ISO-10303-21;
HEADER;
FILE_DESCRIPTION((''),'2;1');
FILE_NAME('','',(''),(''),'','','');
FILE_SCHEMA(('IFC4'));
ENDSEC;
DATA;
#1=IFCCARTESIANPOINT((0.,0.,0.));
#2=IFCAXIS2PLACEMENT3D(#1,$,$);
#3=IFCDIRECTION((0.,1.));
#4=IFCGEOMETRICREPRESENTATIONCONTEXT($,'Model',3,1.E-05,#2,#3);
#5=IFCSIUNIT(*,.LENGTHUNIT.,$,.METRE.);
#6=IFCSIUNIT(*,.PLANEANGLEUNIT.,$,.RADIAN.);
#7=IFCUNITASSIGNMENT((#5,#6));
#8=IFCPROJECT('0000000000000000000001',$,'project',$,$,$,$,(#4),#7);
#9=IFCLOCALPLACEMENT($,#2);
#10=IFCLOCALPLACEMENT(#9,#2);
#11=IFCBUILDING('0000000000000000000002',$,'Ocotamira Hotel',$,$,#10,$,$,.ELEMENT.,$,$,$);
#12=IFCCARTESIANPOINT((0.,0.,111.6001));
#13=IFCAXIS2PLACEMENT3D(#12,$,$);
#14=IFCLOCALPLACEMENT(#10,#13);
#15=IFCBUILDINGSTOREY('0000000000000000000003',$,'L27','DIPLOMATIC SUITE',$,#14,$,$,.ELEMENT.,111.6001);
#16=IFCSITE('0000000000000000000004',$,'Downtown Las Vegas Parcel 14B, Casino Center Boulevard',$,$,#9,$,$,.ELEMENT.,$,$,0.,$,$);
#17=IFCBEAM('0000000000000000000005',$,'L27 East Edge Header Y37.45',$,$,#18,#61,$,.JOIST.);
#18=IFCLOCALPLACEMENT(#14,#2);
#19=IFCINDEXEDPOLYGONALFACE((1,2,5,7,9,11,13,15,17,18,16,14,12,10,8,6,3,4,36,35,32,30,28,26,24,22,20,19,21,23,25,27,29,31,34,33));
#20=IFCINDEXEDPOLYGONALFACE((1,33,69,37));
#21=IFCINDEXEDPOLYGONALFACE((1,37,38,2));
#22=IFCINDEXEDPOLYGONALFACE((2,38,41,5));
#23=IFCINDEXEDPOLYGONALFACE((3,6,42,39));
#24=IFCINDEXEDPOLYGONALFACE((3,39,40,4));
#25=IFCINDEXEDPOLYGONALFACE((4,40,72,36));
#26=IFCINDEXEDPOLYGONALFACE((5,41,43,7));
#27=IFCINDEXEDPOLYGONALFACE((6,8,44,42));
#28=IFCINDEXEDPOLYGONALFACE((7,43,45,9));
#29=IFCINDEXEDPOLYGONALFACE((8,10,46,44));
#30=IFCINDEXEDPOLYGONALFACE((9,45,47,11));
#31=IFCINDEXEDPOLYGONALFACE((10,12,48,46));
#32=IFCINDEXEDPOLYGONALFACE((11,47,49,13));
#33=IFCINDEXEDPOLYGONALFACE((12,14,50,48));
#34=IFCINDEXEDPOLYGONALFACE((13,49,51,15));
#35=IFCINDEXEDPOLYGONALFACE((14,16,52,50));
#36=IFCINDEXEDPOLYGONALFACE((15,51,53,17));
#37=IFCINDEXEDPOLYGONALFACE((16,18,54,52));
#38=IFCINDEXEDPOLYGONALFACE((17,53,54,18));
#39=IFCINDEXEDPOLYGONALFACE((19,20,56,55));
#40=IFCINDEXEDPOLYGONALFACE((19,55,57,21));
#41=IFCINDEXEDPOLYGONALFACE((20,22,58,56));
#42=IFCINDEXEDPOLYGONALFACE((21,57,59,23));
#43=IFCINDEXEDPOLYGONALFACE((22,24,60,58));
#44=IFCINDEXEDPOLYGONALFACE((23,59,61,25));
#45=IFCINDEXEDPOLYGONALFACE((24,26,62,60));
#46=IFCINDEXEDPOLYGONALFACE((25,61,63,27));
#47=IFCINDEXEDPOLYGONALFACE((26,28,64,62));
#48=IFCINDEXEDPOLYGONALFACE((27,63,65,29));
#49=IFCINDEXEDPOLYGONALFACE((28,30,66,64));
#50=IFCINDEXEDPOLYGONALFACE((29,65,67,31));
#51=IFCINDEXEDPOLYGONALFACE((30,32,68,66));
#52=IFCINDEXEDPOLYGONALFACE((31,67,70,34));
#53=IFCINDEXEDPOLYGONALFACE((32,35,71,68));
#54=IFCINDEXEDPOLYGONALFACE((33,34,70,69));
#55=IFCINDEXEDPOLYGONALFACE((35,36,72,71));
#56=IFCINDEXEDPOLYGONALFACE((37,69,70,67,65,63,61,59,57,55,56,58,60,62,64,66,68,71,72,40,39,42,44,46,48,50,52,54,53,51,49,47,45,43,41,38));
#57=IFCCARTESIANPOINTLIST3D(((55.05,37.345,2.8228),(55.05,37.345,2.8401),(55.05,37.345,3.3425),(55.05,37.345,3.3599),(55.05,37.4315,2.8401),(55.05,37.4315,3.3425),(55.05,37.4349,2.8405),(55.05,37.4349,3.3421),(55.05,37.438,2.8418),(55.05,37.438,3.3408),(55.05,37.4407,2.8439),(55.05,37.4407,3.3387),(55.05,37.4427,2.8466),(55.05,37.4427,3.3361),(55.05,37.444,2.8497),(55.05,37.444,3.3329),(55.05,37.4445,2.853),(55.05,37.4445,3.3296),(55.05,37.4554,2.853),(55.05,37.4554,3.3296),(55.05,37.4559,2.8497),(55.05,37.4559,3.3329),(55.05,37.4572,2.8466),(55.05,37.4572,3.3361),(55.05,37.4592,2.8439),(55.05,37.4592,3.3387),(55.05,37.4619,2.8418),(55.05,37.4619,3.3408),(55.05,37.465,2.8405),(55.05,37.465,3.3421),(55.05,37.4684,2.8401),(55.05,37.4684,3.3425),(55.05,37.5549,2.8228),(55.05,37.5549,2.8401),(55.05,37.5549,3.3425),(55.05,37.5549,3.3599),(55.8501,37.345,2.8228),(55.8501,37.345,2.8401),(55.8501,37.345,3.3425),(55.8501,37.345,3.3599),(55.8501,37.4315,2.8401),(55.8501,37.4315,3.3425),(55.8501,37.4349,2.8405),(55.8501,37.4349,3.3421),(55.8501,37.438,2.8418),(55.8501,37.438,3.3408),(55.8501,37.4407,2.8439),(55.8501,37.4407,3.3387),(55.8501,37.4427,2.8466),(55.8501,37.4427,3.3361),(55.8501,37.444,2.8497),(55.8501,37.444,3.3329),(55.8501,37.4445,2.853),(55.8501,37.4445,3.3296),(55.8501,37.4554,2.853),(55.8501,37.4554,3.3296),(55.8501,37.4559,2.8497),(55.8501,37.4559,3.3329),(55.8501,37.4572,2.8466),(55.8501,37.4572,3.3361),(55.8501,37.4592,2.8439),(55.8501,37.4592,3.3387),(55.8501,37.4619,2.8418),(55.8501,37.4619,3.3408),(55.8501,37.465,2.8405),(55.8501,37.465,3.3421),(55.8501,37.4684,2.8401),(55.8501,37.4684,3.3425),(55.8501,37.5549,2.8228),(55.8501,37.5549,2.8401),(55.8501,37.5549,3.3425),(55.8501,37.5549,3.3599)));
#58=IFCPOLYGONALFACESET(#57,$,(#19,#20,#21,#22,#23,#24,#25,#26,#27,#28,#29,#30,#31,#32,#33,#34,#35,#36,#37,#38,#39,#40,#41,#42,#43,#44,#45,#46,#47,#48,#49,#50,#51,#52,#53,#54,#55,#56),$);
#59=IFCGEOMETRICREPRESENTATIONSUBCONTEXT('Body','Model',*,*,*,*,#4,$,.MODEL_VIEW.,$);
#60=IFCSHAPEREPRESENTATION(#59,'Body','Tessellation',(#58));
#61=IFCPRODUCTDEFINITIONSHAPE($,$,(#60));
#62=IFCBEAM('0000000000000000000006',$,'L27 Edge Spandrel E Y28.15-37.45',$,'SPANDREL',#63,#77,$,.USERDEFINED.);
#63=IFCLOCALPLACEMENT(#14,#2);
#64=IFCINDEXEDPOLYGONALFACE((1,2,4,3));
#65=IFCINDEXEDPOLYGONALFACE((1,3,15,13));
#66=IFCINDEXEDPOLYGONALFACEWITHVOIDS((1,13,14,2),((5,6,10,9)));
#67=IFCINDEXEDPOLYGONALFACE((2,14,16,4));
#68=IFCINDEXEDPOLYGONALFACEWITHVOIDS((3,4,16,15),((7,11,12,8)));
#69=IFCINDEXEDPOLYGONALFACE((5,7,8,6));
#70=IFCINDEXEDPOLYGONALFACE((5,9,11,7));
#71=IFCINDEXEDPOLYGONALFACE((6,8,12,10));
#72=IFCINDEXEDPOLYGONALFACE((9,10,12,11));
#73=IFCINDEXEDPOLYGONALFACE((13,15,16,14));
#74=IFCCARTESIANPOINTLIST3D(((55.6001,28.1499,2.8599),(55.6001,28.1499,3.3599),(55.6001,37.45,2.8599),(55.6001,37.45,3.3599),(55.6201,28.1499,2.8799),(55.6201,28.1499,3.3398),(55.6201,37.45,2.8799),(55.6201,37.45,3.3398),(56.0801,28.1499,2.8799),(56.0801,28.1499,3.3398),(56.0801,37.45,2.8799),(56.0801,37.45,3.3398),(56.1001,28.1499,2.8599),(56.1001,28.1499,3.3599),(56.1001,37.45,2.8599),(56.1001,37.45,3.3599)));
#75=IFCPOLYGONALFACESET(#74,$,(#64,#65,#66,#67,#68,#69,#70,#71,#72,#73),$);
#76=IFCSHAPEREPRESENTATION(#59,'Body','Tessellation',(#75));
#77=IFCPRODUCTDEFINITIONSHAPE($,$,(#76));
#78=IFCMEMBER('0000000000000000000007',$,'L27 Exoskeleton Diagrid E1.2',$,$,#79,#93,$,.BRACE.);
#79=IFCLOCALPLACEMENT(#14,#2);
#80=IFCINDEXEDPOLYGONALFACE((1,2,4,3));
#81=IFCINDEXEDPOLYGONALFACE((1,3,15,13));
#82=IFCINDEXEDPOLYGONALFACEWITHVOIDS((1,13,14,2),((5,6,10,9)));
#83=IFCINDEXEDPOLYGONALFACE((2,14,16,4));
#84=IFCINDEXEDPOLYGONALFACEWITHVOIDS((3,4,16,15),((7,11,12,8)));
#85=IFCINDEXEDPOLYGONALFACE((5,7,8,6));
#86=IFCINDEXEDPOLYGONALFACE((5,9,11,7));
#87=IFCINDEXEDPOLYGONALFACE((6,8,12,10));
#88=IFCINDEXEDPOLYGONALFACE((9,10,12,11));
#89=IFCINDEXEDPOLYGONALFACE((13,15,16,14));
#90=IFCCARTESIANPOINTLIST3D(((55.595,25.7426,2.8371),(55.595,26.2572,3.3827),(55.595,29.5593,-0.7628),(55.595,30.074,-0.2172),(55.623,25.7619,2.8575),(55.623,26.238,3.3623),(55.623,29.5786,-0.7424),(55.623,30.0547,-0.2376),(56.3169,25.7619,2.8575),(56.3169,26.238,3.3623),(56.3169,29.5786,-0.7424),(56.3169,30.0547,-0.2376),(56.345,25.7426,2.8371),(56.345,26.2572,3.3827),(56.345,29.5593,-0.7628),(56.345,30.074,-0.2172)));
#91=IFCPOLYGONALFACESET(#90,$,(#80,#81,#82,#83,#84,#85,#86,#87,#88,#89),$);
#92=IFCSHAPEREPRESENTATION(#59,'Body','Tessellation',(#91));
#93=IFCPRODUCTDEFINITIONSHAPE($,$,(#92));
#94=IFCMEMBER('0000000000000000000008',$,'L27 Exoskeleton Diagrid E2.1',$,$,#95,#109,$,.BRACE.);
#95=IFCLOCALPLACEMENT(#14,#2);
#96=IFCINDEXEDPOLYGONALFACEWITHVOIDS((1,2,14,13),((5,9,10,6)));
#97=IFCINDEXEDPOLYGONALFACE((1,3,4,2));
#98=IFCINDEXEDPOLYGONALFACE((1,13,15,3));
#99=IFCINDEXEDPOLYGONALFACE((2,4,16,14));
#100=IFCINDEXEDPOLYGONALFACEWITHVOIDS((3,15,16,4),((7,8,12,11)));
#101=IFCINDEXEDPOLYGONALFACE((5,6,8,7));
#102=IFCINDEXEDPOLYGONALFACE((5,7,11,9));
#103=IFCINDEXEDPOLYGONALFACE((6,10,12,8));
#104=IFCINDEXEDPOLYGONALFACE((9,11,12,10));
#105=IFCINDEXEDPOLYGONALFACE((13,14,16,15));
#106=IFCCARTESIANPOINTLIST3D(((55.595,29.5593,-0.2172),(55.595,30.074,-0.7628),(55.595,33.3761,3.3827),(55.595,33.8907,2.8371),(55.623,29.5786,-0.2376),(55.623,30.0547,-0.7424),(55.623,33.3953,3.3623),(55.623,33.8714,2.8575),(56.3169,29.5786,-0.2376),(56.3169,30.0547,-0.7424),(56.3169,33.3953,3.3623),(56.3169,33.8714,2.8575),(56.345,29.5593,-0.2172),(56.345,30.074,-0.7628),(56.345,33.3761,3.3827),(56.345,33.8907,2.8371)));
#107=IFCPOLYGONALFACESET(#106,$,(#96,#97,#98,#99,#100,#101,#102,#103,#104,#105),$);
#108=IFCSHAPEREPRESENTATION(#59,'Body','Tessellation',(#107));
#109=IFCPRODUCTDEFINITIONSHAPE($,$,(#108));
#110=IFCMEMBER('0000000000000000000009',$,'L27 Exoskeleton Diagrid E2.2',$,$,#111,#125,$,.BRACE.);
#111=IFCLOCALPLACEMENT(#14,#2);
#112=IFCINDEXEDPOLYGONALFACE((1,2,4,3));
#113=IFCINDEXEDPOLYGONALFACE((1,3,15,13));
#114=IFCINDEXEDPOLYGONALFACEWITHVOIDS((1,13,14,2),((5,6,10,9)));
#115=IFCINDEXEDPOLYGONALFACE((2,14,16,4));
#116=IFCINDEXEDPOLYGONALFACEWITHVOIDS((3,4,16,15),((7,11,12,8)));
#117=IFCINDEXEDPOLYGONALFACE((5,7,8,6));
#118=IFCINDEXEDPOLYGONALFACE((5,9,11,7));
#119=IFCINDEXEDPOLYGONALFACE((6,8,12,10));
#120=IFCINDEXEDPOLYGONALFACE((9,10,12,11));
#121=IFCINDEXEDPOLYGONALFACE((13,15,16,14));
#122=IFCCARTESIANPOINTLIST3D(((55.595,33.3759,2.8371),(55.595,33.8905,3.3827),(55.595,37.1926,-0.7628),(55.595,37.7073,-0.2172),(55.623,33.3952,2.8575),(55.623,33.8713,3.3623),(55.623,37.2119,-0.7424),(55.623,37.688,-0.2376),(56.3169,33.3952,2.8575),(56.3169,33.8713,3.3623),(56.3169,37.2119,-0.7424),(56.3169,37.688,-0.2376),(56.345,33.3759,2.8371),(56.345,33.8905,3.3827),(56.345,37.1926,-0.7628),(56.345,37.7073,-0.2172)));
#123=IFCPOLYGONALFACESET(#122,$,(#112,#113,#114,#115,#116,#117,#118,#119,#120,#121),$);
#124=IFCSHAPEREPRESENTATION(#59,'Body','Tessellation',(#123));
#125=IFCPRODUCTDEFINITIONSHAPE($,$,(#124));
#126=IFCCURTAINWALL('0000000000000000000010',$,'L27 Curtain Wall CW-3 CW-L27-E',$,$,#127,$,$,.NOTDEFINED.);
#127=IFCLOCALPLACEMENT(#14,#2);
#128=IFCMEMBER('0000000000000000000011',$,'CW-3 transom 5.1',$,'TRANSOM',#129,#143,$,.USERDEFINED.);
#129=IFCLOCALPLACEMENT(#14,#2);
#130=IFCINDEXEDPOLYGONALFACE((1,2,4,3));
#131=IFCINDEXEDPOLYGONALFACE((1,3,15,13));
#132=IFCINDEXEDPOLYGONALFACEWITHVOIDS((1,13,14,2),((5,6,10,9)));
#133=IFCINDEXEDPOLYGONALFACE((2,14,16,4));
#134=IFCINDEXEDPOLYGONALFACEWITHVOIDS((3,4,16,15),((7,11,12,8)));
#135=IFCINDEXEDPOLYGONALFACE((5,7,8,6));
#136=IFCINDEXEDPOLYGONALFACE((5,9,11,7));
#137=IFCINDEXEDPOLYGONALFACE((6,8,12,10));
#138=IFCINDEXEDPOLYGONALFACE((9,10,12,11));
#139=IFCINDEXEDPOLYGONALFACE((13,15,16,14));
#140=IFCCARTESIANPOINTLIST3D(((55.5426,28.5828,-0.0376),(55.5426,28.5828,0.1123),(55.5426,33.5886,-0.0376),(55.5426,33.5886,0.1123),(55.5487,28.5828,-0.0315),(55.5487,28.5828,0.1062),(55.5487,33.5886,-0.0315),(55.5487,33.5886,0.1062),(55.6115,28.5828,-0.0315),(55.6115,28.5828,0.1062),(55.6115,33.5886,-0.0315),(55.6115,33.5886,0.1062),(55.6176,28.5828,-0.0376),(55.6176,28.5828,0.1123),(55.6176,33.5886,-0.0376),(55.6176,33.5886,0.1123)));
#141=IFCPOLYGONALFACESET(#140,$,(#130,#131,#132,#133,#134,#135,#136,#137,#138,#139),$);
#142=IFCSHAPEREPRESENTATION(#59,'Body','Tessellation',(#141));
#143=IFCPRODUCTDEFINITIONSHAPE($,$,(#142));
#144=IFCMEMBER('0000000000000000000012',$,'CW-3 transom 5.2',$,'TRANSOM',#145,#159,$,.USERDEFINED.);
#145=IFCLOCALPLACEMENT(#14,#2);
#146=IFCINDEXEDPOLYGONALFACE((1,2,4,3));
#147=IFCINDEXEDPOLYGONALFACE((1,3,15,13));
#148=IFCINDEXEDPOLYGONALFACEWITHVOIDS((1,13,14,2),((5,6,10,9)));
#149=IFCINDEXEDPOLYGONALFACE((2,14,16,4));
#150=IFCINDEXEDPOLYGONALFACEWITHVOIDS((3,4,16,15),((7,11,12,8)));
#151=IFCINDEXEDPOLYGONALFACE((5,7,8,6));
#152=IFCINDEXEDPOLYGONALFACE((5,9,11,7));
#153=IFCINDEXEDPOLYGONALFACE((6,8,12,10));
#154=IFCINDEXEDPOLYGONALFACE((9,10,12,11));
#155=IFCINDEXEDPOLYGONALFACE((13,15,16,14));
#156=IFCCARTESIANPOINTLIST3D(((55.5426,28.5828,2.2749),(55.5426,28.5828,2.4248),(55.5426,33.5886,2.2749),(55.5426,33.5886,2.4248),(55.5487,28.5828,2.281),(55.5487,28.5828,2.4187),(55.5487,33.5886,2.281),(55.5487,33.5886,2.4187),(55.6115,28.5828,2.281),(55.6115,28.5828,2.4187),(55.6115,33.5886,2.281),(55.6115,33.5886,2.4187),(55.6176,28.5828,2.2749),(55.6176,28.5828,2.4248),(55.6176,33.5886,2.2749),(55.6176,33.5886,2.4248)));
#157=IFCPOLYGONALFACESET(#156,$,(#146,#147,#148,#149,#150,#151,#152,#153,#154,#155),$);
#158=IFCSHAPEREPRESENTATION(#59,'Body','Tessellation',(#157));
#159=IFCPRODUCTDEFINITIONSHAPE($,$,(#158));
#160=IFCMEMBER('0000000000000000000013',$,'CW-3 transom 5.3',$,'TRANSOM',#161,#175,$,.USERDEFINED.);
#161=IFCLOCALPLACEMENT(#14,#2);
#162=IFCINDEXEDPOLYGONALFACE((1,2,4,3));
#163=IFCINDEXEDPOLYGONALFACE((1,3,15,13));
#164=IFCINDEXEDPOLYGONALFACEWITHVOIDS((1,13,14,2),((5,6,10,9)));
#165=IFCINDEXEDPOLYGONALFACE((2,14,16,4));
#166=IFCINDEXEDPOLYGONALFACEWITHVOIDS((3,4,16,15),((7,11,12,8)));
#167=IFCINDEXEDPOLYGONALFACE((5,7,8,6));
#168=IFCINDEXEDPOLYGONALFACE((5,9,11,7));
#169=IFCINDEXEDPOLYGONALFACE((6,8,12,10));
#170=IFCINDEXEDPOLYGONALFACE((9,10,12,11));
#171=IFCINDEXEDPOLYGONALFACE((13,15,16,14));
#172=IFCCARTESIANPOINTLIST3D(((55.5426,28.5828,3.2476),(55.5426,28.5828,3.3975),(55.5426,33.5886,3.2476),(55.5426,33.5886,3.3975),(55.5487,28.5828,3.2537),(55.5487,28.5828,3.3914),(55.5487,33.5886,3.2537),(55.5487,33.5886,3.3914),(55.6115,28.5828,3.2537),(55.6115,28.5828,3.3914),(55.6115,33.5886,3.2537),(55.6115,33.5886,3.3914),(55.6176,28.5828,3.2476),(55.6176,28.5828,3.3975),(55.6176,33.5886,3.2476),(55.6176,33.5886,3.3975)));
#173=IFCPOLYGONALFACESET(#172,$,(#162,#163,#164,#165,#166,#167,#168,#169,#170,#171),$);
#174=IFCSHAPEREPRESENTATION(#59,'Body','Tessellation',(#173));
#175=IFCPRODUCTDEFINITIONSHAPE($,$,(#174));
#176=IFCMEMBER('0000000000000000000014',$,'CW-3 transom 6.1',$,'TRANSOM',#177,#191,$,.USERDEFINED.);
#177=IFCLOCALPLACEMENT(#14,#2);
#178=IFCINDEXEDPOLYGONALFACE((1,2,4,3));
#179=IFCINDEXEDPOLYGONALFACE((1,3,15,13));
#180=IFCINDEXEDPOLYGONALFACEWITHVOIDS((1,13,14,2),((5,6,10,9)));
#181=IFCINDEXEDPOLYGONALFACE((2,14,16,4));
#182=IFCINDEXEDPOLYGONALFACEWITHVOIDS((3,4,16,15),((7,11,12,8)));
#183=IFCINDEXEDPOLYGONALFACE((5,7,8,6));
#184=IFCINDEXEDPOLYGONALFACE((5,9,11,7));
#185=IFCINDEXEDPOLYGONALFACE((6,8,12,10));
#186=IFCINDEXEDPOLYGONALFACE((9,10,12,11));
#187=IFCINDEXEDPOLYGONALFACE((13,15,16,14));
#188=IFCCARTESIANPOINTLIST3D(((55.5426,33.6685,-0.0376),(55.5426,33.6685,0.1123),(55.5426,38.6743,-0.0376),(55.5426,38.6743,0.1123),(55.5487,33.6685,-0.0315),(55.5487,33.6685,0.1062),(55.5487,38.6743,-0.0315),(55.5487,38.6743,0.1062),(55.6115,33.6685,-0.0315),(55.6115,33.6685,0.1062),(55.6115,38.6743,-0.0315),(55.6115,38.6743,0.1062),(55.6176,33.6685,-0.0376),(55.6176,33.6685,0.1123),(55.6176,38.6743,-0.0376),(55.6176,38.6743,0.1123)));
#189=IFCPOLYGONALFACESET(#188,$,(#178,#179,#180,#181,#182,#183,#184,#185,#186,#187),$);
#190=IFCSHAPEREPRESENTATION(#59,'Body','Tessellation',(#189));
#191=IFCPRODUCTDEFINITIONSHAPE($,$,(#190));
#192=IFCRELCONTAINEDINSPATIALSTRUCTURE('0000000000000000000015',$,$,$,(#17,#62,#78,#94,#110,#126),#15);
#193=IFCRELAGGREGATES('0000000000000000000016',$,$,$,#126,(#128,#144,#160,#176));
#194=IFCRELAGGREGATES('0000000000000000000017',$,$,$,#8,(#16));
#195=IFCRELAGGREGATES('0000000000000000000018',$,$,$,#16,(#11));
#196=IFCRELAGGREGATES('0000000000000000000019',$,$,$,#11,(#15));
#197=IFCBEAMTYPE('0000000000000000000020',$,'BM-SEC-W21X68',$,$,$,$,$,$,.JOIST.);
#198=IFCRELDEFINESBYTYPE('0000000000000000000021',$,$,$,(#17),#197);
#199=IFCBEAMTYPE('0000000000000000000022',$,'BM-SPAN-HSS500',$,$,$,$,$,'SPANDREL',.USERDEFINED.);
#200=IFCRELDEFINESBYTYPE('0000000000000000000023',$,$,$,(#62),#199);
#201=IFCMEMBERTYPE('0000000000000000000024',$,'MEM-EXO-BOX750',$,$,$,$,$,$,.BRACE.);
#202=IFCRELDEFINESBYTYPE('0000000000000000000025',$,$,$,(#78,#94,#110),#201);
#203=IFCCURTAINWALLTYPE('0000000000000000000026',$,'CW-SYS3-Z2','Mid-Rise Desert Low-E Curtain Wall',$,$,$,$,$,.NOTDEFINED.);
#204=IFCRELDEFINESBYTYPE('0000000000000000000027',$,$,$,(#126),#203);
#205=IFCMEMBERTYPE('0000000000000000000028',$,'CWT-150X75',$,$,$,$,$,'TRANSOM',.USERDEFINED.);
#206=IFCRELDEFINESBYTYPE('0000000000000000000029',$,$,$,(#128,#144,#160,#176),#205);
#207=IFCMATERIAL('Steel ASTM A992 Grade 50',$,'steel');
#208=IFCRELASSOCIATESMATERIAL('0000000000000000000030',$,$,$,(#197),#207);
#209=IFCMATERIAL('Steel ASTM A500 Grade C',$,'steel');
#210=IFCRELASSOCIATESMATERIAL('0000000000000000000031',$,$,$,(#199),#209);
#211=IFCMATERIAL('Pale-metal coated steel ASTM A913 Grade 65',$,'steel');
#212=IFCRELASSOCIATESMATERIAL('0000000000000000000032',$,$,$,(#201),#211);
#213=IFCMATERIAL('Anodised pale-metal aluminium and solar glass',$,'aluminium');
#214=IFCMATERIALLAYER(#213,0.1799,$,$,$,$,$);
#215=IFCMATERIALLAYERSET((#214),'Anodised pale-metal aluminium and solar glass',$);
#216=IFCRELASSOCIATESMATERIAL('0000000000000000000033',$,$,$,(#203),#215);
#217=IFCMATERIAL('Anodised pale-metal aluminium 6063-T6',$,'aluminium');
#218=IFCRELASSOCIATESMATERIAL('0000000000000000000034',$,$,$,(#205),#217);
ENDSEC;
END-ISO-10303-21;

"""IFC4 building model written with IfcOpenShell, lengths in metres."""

from ifc_helpers import new_model, si_unit, direction, frame, origin, origin_2d, place, context, subcontext, project, spatial, hollow_rectangle, i_section, extrude, source, transform, mapped, material, layer, layer_set, material_profile, profile_set, type_object, element, aggregate, save


model = new_model("IFC4")

# Units and contexts
model_context = context("Model", 3, precision=1e-05, world=origin(), true_north=direction((0.0, 1.0)))
body_context = subcontext(model_context, "Body", "Model", "MODEL_VIEW")
ifc_project = project(units=[si_unit("LENGTHUNIT", "METRE"), si_unit("PLANEANGLEUNIT", "RADIAN")], contexts=[model_context])

# Site, building, storey
site_placement = place(None, origin())
site = spatial("IfcSite", under=ifc_project, at=site_placement, Name="Downtown Las Vegas Parcel 14B, Casino Center Boulevard", CompositionType="ELEMENT", RefElevation=0.0)
building_placement = place(site_placement, origin())
building = spatial("IfcBuilding", under=site, at=building_placement, Name="Ocotamira Hotel", CompositionType="ELEMENT")
storey_placement = place(building_placement, frame((0.0, 0.0, 111.6001)))
storey = spatial("IfcBuildingStorey", under=building, at=storey_placement, Name="L27", Description="DIPLOMATIC SUITE", CompositionType="ELEMENT", Elevation=111.6001)

# Beams
ifc_material_1 = material(Name="Steel ASTM A500 Grade C", Category="steel")
ifc_material_2 = material(Name="Steel ASTM A992 Grade 50", Category="steel")
ifc_material_profile_1 = material_profile(ifc_material_2, i_section(OverallWidth=0.21, OverallDepth=0.5371, WebThickness=0.011, FlangeThickness=0.0173, FilletRadius=0.0129, at=origin_2d()), Name="W21X68")
ifc_profile_set_1 = profile_set([ifc_material_profile_1], Name="Steel ASTM A992 Grade 50")
beam_type_1 = type_object("IfcBeamType", Name="BM-SEC-W21X68", PredefinedType="JOIST", material=ifc_profile_set_1)
shared_shape_1 = source(origin(), body_context, "Body", "SweptSolid", [
    extrude(i_section(OverallWidth=0.21, OverallDepth=0.5371, WebThickness=0.011, FlangeThickness=0.0173, FilletRadius=0.0129, at=origin_2d()), origin(), (0.0, 0.0, 1.0), 0.8),
])
for number, where, z_axis, x_axis, name in (
    (1, (55.05, 37.45, 3.0913), (1.0, 0.0, 0.0), (0.0, 1.0, 0.0), "L27 East Edge Header Y37.45"),
):
    element("IfcBeam", number, at=place(storey_placement, frame(where, z_axis=z_axis, x_axis=x_axis)), inside=storey, type_object=beam_type_1, Name=name, PredefinedType="JOIST", context=body_context, shape_type="MappedRepresentation", body=[
        mapped(shared_shape_1, transform((0.0, 0.0, 0.0), scale=1.0)),
    ])
ifc_material_profile_2 = material_profile(ifc_material_1, hollow_rectangle(XDim=0.5, YDim=0.5, WallThickness=0.02, at=origin_2d()), Name="HSS500X500X20")
ifc_profile_set_2 = profile_set([ifc_material_profile_2], Name="Steel ASTM A500 Grade C")
beam_type_2 = type_object("IfcBeamType", Name="BM-SPAN-HSS500", ElementType="SPANDREL", PredefinedType="USERDEFINED", material=ifc_profile_set_2)
shared_shape_2 = source(origin(), body_context, "Body", "SweptSolid", [
    extrude(hollow_rectangle(XDim=0.5, YDim=0.5, WallThickness=0.02, at=origin_2d()), origin(), (0.0, 0.0, 1.0), 9.3),
])
beam_1_placement = place(storey_placement, frame((55.8501, 28.1499, 3.1099), z_axis=(0.0, 1.0, 0.0), x_axis=(-1.0, 0.0, 0.0)))
element("IfcBeam", 2, at=beam_1_placement, inside=storey, type_object=beam_type_2, Name="L27 Edge Spandrel E Y28.15-37.45", ObjectType="SPANDREL", PredefinedType="USERDEFINED", context=body_context, shape_type="MappedRepresentation", body=[
    mapped(shared_shape_2, transform((0.0, 0.0, 0.0), scale=1.0)),
])

# Members
ifc_material_3 = material(Name="Pale-metal coated steel ASTM A913 Grade 65", Category="steel")
ifc_material_profile_3 = material_profile(ifc_material_3, hollow_rectangle(XDim=0.75, YDim=0.75, WallThickness=0.0281, at=origin_2d()), Name="BOX750X750X28")
ifc_profile_set_3 = profile_set([ifc_material_profile_3], Name="Pale-metal coated steel ASTM A913 Grade 65")
member_type_1 = type_object("IfcMemberType", Name="MEM-EXO-BOX750", PredefinedType="BRACE", material=ifc_profile_set_3)
shared_shape_3 = source(origin(), body_context, "Body", "SweptSolid", [
    extrude(hollow_rectangle(XDim=0.75, YDim=0.75, WallThickness=0.0281, at=origin_2d()), origin(), (0.0, 0.0, 1.0), 5.2466),
])
for number, where, z_axis, x_axis, name in (
    (3, (55.97, 29.8167, -0.49), (0.0, -0.727466, 0.686144), (1.0, 0.0, 0.0), "L27 Exoskeleton Diagrid E1.2"),
    (4, (55.97, 29.8167, -0.49), (0.0, 0.727466, 0.686144), (-1.0, 0.0, 0.0), "L27 Exoskeleton Diagrid E2.1"),
    (5, (55.97, 37.45, -0.49), (0.0, -0.727466, 0.686144), (1.0, 0.0, 0.0), "L27 Exoskeleton Diagrid E2.2"),
):
    element("IfcMember", number, at=place(storey_placement, frame(where, z_axis=z_axis, x_axis=x_axis)), inside=storey, type_object=member_type_1, Name=name, PredefinedType="BRACE", context=body_context, shape_type="MappedRepresentation", body=[
        mapped(shared_shape_3, transform((0.0, 0.0, 0.0), scale=1.0)),
    ])

# Curtain wall, members
ifc_material_4 = material(Name="Anodised pale-metal aluminium and solar glass", Category="aluminium")
ifc_layer_1 = layer(ifc_material_4, 0.1799)
ifc_layer_set_1 = layer_set([ifc_layer_1], Name="Anodised pale-metal aluminium and solar glass")
curtain_wall_type = type_object("IfcCurtainWallType", Name="CW-SYS3-Z2", Description="Mid-Rise Desert Low-E Curtain Wall", PredefinedType="NOTDEFINED", material=ifc_layer_set_1)
curtain_wall_placement = place(storey_placement, origin())
curtain_wall = element("IfcCurtainWall", 6, at=curtain_wall_placement, inside=storey, type_object=curtain_wall_type, Name="L27 Curtain Wall CW-3 CW-L27-E", PredefinedType="NOTDEFINED")
ifc_material_5 = material(Name="Anodised pale-metal aluminium 6063-T6", Category="aluminium")
ifc_material_profile_4 = material_profile(ifc_material_5, hollow_rectangle(XDim=0.075, YDim=0.1499, WallThickness=0.0061, at=origin_2d()), Name="HSS150X75X6")
ifc_profile_set_4 = profile_set([ifc_material_profile_4], Name="Anodised pale-metal aluminium 6063-T6")
member_type_2 = type_object("IfcMemberType", Name="CWT-150X75", ElementType="TRANSOM", PredefinedType="USERDEFINED", material=ifc_profile_set_4)
shared_shape_4 = source(origin(), body_context, "Body", "SweptSolid", [
    extrude(hollow_rectangle(XDim=0.075, YDim=0.1499, WallThickness=0.0061, at=origin_2d()), origin(), (0.0, 0.0, 1.0), 5.0059),
])
member_1_placement = place(storey_placement, frame((55.5801, 28.5828, 0.0374), z_axis=(0.0, 1.0, 0.0), x_axis=(-1.0, 0.0, 0.0)))
member_1 = element("IfcMember", 7, at=member_1_placement, type_object=member_type_2, Name="CW-3 transom 5.1", ObjectType="TRANSOM", PredefinedType="USERDEFINED", context=body_context, shape_type="MappedRepresentation", body=[
    mapped(shared_shape_4, transform((0.0, 0.0, 0.0), scale=1.0)),
])
member_2_placement = place(storey_placement, frame((55.5801, 28.5828, 2.3499), z_axis=(0.0, 1.0, 0.0), x_axis=(-1.0, 0.0, 0.0)))
member_2 = element("IfcMember", 8, at=member_2_placement, type_object=member_type_2, Name="CW-3 transom 5.2", ObjectType="TRANSOM", PredefinedType="USERDEFINED", context=body_context, shape_type="MappedRepresentation", body=[
    mapped(shared_shape_4, transform((0.0, 0.0, 0.0), scale=1.0)),
])
member_3_placement = place(storey_placement, frame((55.5801, 28.5828, 3.3225), z_axis=(0.0, 1.0, 0.0), x_axis=(-1.0, 0.0, 0.0)))
member_3 = element("IfcMember", 9, at=member_3_placement, type_object=member_type_2, Name="CW-3 transom 5.3", ObjectType="TRANSOM", PredefinedType="USERDEFINED", context=body_context, shape_type="MappedRepresentation", body=[
    mapped(shared_shape_4, transform((0.0, 0.0, 0.0), scale=1.0)),
])
member_4_placement = place(storey_placement, frame((55.5801, 33.6685, 0.0374), z_axis=(0.0, 1.0, 0.0), x_axis=(-1.0, 0.0, 0.0)))
member_4 = element("IfcMember", 10, at=member_4_placement, type_object=member_type_2, Name="CW-3 transom 6.1", ObjectType="TRANSOM", PredefinedType="USERDEFINED", context=body_context, shape_type="MappedRepresentation", body=[
    mapped(shared_shape_4, transform((0.0, 0.0, 0.0), scale=1.0)),
])

aggregate(curtain_wall, [member_1, member_2, member_3, member_4])

save(model, "model.ifc")
